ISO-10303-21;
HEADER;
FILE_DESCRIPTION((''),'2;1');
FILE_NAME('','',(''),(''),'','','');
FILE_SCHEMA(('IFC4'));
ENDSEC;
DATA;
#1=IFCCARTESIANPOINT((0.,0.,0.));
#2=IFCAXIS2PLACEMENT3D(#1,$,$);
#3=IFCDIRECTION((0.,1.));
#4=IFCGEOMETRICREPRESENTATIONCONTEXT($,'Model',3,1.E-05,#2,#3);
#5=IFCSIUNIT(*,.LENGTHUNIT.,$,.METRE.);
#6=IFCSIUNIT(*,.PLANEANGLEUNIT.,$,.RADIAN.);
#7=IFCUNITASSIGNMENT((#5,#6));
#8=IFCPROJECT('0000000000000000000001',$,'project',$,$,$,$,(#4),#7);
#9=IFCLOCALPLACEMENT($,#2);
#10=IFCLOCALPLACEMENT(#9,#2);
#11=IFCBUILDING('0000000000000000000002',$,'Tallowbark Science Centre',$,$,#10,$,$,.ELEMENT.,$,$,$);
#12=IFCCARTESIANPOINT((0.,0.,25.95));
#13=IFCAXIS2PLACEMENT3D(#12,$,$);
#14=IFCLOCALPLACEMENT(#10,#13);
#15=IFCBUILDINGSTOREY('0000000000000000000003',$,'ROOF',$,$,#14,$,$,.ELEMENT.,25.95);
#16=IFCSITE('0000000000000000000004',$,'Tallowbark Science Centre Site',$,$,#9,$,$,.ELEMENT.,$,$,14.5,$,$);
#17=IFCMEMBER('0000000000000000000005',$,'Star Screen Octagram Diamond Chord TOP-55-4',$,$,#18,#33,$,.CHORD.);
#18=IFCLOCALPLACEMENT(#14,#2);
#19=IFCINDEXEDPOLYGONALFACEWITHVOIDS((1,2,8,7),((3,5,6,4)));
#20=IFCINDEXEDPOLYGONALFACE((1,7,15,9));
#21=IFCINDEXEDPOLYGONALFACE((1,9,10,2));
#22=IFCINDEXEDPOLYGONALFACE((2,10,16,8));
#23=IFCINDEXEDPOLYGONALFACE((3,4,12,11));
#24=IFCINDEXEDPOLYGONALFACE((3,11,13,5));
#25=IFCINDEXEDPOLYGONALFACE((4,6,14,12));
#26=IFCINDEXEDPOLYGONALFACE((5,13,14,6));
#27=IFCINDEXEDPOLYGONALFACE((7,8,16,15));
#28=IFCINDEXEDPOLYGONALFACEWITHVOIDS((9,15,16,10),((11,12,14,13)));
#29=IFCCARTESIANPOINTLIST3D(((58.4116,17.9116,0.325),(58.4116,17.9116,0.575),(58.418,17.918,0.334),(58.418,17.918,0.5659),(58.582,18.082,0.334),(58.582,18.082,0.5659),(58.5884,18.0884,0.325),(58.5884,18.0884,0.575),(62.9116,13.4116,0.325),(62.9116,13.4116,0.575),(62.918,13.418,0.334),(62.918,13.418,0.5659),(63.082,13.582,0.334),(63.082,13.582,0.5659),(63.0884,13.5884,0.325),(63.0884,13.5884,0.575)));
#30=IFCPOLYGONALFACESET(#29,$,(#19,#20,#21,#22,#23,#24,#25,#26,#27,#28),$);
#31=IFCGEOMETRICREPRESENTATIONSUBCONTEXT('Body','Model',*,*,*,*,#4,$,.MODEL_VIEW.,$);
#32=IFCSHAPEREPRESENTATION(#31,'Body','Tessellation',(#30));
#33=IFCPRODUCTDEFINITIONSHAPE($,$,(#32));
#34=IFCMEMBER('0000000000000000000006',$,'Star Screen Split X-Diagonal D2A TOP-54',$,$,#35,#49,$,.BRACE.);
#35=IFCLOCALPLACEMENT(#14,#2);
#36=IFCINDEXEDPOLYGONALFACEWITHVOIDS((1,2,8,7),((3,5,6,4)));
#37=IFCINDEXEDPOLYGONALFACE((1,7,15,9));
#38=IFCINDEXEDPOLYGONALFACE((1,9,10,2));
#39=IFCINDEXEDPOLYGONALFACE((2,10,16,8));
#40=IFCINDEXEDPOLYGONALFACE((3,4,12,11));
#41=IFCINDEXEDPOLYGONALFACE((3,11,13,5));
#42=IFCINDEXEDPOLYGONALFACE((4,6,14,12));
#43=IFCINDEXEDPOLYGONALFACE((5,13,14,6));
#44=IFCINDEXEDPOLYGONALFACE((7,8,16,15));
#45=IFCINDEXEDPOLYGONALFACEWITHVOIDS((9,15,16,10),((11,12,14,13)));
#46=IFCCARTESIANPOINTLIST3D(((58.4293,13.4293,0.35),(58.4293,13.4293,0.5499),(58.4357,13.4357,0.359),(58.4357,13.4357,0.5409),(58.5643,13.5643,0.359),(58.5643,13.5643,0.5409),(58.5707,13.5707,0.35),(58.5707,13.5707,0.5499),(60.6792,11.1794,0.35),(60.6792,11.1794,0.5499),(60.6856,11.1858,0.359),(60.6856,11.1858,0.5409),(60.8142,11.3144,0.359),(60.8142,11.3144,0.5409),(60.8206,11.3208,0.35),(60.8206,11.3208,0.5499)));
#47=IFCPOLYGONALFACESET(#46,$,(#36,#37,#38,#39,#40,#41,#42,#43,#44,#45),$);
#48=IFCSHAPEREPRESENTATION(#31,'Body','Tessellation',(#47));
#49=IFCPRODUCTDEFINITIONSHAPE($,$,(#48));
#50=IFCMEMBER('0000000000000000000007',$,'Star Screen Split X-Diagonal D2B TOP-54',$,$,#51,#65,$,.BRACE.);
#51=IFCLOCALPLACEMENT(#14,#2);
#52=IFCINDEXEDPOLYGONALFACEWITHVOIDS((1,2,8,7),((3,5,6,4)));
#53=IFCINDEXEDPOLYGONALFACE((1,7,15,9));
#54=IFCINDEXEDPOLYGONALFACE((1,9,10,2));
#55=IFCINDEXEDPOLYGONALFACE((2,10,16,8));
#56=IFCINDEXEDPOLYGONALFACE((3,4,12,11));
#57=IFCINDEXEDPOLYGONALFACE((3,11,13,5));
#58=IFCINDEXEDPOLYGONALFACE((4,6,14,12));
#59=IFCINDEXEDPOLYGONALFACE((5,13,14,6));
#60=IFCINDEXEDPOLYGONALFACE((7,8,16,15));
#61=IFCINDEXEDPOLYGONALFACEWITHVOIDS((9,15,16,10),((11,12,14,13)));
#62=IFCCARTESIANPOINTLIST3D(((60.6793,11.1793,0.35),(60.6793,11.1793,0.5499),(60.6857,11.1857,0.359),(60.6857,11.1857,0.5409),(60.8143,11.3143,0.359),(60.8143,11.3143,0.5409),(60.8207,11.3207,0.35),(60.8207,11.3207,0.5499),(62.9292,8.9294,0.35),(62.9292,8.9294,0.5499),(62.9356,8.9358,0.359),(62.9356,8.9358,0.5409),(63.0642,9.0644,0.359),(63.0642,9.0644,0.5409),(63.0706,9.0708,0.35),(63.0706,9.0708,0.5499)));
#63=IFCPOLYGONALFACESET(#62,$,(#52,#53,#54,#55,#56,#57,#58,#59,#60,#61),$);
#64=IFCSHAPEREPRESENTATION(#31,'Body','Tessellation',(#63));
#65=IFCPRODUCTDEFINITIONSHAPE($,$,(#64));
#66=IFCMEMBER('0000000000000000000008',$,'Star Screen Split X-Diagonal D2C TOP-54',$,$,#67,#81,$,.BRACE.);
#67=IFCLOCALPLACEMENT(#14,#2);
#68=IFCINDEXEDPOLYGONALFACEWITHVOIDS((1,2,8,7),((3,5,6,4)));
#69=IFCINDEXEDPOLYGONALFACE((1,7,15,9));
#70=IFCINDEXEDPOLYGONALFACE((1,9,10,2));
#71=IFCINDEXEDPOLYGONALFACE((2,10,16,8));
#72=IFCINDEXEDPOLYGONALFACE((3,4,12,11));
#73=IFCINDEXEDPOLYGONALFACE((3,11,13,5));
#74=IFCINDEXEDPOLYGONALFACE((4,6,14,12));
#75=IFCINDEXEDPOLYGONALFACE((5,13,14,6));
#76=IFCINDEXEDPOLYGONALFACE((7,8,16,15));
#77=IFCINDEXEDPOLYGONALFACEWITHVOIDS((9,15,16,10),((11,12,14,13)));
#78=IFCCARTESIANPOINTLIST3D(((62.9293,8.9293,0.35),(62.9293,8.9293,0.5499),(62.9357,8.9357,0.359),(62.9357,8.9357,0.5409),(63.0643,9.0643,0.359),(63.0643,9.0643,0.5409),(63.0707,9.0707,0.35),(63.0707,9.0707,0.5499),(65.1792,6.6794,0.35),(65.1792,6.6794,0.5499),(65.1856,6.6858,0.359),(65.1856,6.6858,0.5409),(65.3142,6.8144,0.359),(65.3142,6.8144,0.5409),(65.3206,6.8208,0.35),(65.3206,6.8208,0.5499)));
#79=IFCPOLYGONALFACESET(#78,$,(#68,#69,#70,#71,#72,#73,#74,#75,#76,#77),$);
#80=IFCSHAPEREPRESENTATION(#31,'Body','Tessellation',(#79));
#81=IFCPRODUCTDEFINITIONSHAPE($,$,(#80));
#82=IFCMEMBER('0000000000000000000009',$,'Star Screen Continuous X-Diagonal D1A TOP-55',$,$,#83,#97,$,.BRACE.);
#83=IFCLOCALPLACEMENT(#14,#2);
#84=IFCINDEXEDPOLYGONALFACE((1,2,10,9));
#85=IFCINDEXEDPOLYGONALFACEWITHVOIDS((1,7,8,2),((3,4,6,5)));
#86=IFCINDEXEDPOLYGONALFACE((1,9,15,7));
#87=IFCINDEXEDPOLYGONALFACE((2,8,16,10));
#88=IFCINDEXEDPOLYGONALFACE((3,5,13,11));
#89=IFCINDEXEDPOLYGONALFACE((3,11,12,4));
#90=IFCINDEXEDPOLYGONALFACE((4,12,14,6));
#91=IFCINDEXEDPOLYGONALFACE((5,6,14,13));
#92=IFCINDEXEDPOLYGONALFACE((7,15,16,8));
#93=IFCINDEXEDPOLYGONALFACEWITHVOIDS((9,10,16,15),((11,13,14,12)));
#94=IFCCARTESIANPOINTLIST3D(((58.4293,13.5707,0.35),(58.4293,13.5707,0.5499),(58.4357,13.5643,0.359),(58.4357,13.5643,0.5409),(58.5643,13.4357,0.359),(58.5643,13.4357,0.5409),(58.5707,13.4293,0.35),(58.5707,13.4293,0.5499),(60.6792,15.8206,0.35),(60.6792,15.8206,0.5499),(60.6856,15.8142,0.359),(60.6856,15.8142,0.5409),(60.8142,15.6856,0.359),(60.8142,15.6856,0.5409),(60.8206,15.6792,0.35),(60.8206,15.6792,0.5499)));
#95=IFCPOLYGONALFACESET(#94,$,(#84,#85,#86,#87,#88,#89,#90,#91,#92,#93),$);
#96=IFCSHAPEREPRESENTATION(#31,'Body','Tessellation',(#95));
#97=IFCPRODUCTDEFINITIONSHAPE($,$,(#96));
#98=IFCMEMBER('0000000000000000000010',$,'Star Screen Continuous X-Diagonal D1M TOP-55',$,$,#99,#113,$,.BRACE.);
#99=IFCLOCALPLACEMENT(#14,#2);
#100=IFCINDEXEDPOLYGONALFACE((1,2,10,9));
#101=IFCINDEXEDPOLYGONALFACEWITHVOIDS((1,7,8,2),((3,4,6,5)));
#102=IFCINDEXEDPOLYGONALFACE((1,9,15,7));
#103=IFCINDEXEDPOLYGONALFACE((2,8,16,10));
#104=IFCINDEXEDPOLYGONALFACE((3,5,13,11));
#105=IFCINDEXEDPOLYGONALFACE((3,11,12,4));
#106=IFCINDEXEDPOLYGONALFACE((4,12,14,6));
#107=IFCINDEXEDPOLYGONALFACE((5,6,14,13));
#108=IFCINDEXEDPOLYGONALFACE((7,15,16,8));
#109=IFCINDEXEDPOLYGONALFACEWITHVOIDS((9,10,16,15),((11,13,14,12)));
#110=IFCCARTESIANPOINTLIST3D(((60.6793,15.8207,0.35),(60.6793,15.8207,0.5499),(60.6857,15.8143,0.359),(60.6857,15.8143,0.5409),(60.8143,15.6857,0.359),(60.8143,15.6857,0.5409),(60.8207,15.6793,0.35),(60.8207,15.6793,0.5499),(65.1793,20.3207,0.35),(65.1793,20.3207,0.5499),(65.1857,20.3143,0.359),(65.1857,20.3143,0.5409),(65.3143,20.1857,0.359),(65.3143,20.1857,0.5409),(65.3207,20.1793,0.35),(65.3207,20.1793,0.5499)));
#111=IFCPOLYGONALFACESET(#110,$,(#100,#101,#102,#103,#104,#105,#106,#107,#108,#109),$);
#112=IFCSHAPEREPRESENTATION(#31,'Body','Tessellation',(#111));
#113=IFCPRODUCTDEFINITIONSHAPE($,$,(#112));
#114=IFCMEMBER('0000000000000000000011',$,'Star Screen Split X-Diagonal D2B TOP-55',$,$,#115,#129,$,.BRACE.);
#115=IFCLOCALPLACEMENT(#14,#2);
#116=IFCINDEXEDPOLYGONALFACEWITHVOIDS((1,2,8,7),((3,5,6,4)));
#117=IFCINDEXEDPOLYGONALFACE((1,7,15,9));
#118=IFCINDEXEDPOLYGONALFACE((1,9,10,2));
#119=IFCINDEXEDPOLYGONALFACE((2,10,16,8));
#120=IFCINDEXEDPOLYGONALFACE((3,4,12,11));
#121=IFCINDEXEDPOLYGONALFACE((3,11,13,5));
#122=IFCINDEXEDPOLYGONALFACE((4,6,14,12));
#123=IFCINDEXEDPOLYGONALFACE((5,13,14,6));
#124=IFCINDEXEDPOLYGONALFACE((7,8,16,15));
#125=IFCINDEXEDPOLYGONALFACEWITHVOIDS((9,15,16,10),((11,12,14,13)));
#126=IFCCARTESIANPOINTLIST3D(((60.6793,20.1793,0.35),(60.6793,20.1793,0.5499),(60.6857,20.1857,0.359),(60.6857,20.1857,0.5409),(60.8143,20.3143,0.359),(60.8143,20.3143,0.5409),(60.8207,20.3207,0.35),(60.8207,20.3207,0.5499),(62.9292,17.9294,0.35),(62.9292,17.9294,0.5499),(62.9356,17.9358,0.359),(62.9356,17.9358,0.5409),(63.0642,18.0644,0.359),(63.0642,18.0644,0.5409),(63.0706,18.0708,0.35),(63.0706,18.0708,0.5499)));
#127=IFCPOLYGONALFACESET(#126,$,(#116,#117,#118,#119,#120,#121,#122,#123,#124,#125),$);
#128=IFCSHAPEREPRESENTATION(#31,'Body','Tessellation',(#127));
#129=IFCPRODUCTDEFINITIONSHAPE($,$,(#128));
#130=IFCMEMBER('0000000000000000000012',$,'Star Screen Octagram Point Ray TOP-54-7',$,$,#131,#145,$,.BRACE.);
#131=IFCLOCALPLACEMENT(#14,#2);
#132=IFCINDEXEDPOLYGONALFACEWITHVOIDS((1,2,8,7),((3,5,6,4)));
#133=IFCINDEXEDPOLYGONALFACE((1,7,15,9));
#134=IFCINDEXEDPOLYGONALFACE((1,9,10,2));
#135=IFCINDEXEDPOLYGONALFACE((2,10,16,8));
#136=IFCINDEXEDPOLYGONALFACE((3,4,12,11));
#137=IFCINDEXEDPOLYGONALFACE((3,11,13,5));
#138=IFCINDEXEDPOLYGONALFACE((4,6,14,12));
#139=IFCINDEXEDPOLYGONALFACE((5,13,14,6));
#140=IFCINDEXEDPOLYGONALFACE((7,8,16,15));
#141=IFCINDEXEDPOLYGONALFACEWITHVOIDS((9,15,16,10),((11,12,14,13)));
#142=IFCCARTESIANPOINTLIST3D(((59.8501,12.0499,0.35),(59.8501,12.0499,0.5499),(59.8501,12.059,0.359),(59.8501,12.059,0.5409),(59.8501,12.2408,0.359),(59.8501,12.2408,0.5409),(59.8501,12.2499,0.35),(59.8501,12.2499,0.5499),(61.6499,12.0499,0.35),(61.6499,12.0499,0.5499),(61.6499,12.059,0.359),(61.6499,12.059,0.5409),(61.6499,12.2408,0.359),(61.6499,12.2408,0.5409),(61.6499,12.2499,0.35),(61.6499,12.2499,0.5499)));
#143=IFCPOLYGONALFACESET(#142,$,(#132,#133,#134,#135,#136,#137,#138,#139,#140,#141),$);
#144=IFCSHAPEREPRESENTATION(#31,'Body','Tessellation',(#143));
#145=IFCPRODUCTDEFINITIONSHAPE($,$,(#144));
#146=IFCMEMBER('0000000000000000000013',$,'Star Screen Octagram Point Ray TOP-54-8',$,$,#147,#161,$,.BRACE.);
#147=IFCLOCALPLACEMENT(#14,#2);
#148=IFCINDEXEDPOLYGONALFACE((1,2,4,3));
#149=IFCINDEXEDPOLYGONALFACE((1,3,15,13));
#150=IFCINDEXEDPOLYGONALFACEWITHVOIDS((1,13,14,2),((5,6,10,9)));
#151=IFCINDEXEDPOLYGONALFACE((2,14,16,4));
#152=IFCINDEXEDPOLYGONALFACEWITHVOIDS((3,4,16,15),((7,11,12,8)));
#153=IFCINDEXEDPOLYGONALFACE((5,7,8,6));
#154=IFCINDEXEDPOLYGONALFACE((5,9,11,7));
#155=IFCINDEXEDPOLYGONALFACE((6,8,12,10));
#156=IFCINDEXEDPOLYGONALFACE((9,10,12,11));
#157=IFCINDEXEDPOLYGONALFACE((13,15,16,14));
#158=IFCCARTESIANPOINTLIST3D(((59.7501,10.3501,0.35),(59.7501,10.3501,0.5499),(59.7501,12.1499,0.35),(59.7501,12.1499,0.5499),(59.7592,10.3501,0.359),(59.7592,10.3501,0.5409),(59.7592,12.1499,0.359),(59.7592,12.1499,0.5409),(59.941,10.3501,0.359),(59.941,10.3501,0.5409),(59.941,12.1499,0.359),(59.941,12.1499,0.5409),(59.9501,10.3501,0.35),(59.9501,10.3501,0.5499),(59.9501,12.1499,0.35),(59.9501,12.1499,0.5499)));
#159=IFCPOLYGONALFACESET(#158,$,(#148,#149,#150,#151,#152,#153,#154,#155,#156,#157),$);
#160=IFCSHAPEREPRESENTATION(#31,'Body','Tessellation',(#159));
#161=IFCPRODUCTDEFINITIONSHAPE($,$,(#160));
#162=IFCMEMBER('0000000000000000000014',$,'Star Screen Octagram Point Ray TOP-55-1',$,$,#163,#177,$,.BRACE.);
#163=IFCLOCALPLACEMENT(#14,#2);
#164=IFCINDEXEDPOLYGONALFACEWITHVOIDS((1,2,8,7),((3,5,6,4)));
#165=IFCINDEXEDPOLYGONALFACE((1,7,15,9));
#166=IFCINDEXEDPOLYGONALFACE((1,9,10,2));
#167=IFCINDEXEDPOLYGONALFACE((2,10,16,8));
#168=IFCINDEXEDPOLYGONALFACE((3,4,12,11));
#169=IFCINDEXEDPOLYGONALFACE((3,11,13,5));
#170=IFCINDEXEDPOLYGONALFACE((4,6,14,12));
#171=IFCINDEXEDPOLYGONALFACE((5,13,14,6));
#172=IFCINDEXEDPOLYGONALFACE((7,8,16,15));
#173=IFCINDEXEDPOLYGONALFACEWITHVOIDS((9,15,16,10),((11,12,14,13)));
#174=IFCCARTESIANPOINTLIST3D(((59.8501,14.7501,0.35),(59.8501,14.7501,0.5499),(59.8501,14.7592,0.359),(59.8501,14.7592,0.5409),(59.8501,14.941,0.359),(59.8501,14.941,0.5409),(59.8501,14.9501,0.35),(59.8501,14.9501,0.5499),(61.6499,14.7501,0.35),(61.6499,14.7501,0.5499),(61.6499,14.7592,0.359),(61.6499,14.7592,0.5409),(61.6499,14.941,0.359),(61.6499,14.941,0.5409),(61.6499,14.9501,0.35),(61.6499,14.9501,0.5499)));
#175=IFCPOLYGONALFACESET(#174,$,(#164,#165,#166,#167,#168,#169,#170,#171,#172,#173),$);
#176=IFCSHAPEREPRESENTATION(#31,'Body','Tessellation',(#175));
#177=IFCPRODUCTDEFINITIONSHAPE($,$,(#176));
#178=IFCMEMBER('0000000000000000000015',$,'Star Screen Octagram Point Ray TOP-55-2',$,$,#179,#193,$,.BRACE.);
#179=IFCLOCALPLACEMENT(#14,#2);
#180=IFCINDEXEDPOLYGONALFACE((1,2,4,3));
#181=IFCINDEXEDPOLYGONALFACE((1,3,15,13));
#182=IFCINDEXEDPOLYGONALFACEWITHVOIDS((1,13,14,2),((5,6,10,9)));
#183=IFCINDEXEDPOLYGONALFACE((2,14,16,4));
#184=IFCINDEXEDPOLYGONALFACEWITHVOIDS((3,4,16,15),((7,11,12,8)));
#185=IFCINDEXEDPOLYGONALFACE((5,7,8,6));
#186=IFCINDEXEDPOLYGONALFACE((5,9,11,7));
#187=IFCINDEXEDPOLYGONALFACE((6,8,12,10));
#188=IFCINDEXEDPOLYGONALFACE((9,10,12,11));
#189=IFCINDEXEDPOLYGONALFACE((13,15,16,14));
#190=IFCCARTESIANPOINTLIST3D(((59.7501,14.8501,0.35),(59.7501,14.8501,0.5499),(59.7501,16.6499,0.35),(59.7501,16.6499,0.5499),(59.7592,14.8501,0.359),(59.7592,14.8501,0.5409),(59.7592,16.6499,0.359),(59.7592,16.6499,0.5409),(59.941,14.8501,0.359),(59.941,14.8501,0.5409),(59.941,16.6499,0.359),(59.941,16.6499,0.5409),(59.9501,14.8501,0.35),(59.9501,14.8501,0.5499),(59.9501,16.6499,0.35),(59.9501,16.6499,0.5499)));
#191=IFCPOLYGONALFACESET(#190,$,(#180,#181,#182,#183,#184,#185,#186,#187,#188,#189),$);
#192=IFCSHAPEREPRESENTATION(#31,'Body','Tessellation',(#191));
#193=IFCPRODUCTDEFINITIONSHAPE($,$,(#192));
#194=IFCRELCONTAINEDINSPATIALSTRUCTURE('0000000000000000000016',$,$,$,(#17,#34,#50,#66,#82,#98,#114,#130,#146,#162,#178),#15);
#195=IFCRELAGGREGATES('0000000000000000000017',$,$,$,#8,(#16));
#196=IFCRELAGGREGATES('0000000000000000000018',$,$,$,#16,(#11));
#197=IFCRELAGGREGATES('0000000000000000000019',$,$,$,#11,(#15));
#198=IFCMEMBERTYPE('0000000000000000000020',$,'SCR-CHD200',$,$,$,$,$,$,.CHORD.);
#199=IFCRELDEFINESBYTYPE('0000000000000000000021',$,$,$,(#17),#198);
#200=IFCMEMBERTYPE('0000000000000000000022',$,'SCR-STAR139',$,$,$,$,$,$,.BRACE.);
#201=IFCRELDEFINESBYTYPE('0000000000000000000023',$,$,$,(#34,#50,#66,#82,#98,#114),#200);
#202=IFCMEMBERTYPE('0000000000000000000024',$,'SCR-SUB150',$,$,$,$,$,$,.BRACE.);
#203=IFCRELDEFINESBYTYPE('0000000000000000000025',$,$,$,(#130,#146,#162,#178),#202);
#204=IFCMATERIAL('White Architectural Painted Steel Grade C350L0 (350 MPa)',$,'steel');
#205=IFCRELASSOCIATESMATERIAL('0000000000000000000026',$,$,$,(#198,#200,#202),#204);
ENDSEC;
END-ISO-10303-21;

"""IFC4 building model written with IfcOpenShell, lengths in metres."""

from ifc_helpers import new_model, si_unit, direction, frame, origin, origin_2d, place, context, subcontext, project, spatial, hollow_rectangle, extrude, material, material_profile, profile_set, type_object, element, save


model = new_model("IFC4")

# Units and contexts
model_context = context("Model", 3, precision=1e-05, world=origin(), true_north=direction((0.0, 1.0)))
body_context = subcontext(model_context, "Body", "Model", "MODEL_VIEW")
ifc_project = project(units=[si_unit("LENGTHUNIT", "METRE"), si_unit("PLANEANGLEUNIT", "RADIAN")], contexts=[model_context])

# Site, building, storey
site_placement = place(None, origin())
site = spatial("IfcSite", under=ifc_project, at=site_placement, Name="Tallowbark Science Centre Site", CompositionType="ELEMENT", RefElevation=14.5)
building_placement = place(site_placement, origin())
building = spatial("IfcBuilding", under=site, at=building_placement, Name="Tallowbark Science Centre", CompositionType="ELEMENT")
storey_placement = place(building_placement, frame((0.0, 0.0, 25.95)))
storey = spatial("IfcBuildingStorey", under=building, at=storey_placement, Name="ROOF", CompositionType="ELEMENT", Elevation=25.95)

# Shared definitions
ifc_material_1 = material(Name="White Architectural Painted Steel Grade C350L0 (350 MPa)", Category="steel")

# Members
ifc_material_profile_1 = material_profile(ifc_material_1, hollow_rectangle(XDim=0.25, YDim=0.25, WallThickness=0.009, at=origin_2d()), Name="250x250x9.0SHS")
ifc_profile_set_1 = profile_set([ifc_material_profile_1], Name="White Architectural Painted Steel Grade C350L0 (350 MPa)")
member_type_1 = type_object("IfcMemberType", Name="SCR-CHD200", PredefinedType="CHORD", material=ifc_profile_set_1)
for number, where, z_axis, x_axis, name in (
    (1, (58.5, 18.0, 0.45), (0.707107, -0.707107, 0.0), (0.707107, 0.707107, 0.0), "Star Screen Octagram Diamond Chord TOP-55-4"),
):
    element("IfcMember", number, at=place(storey_placement, frame(where, z_axis=z_axis, x_axis=x_axis)), inside=storey, type_object=member_type_1, Name=name, PredefinedType="CHORD", context=body_context, shape_type="SweptSolid", body=[
        extrude(hollow_rectangle(XDim=0.25, YDim=0.25, WallThickness=0.009, at=origin_2d()), origin(), (0.0, 0.0, 1.0), 6.364),
    ])
ifc_material_profile_2 = material_profile(ifc_material_1, hollow_rectangle(XDim=0.2, YDim=0.2, WallThickness=0.009, at=origin_2d()), Name="200x200x9.0SHS")
ifc_profile_set_2 = profile_set([ifc_material_profile_2], Name="White Architectural Painted Steel Grade C350L0 (350 MPa)")
member_type_2 = type_object("IfcMemberType", Name="SCR-STAR139", PredefinedType="BRACE", material=ifc_profile_set_2)
for number, where, z_axis, x_axis, name in (
    (2, (58.5, 13.5, 0.45), (0.707107, -0.707107, 0.0), (0.707107, 0.707107, 0.0), "Star Screen Split X-Diagonal D2A TOP-54"),
    (3, (60.75, 11.25, 0.45), (0.707107, -0.707107, 0.0), (0.707107, 0.707107, 0.0), "Star Screen Split X-Diagonal D2B TOP-54"),
    (4, (63.0, 9.0, 0.45), (0.707107, -0.707107, 0.0), (0.707107, 0.707107, 0.0), "Star Screen Split X-Diagonal D2C TOP-54"),
    (5, (58.5, 13.5, 0.45), (0.707107, 0.707107, 0.0), (-0.707107, 0.707107, 0.0), "Star Screen Continuous X-Diagonal D1A TOP-55"),
):
    element("IfcMember", number, at=place(storey_placement, frame(where, z_axis=z_axis, x_axis=x_axis)), inside=storey, type_object=member_type_2, Name=name, PredefinedType="BRACE", context=body_context, shape_type="SweptSolid", body=[
        extrude(hollow_rectangle(XDim=0.2, YDim=0.2, WallThickness=0.009, at=origin_2d()), origin(), (0.0, 0.0, 1.0), 3.1819),
    ])
member_1_placement = place(storey_placement, frame((60.75, 15.75, 0.45), z_axis=(0.707107, 0.707107, 0.0), x_axis=(-0.707107, 0.707107, 0.0)))
element("IfcMember", 6, at=member_1_placement, inside=storey, type_object=member_type_2, Name="Star Screen Continuous X-Diagonal D1M TOP-55", PredefinedType="BRACE", context=body_context, shape_type="SweptSolid", body=[
    extrude(hollow_rectangle(XDim=0.2, YDim=0.2, WallThickness=0.009, at=origin_2d()), origin(), (0.0, 0.0, 1.0), 6.364),
])
member_2_placement = place(storey_placement, frame((60.75, 20.25, 0.45), z_axis=(0.707107, -0.707107, 0.0), x_axis=(0.707107, 0.707107, 0.0)))
element("IfcMember", 7, at=member_2_placement, inside=storey, type_object=member_type_2, Name="Star Screen Split X-Diagonal D2B TOP-55", PredefinedType="BRACE", context=body_context, shape_type="SweptSolid", body=[
    extrude(hollow_rectangle(XDim=0.2, YDim=0.2, WallThickness=0.009, at=origin_2d()), origin(), (0.0, 0.0, 1.0), 3.1819),
])
ifc_material_profile_3 = material_profile(ifc_material_1, hollow_rectangle(XDim=0.2, YDim=0.2, WallThickness=0.009, at=origin_2d()), Name="200x200x9.0SHS")
ifc_profile_set_3 = profile_set([ifc_material_profile_3], Name="White Architectural Painted Steel Grade C350L0 (350 MPa)")
member_type_3 = type_object("IfcMemberType", Name="SCR-SUB150", PredefinedType="BRACE", material=ifc_profile_set_3)
for number, where, z_axis, x_axis, name in (
    (8, (59.8501, 12.1499, 0.45), (1.0, 0.0, 0.0), (0.0, 1.0, 0.0), "Star Screen Octagram Point Ray TOP-54-7"),
    (9, (59.8501, 12.1499, 0.45), (0.0, -1.0, 0.0), (1.0, 0.0, 0.0), "Star Screen Octagram Point Ray TOP-54-8"),
    (10, (59.8501, 14.8501, 0.45), (1.0, 0.0, 0.0), (0.0, 1.0, 0.0), "Star Screen Octagram Point Ray TOP-55-1"),
    (11, (59.8501, 14.8501, 0.45), (0.0, 1.0, 0.0), (-1.0, 0.0, 0.0), "Star Screen Octagram Point Ray TOP-55-2"),
):
    element("IfcMember", number, at=place(storey_placement, frame(where, z_axis=z_axis, x_axis=x_axis)), inside=storey, type_object=member_type_3, Name=name, PredefinedType="BRACE", context=body_context, shape_type="SweptSolid", body=[
        extrude(hollow_rectangle(XDim=0.2, YDim=0.2, WallThickness=0.009, at=origin_2d()), origin(), (0.0, 0.0, 1.0), 1.7998),
    ])

save(model, "model.ifc")
